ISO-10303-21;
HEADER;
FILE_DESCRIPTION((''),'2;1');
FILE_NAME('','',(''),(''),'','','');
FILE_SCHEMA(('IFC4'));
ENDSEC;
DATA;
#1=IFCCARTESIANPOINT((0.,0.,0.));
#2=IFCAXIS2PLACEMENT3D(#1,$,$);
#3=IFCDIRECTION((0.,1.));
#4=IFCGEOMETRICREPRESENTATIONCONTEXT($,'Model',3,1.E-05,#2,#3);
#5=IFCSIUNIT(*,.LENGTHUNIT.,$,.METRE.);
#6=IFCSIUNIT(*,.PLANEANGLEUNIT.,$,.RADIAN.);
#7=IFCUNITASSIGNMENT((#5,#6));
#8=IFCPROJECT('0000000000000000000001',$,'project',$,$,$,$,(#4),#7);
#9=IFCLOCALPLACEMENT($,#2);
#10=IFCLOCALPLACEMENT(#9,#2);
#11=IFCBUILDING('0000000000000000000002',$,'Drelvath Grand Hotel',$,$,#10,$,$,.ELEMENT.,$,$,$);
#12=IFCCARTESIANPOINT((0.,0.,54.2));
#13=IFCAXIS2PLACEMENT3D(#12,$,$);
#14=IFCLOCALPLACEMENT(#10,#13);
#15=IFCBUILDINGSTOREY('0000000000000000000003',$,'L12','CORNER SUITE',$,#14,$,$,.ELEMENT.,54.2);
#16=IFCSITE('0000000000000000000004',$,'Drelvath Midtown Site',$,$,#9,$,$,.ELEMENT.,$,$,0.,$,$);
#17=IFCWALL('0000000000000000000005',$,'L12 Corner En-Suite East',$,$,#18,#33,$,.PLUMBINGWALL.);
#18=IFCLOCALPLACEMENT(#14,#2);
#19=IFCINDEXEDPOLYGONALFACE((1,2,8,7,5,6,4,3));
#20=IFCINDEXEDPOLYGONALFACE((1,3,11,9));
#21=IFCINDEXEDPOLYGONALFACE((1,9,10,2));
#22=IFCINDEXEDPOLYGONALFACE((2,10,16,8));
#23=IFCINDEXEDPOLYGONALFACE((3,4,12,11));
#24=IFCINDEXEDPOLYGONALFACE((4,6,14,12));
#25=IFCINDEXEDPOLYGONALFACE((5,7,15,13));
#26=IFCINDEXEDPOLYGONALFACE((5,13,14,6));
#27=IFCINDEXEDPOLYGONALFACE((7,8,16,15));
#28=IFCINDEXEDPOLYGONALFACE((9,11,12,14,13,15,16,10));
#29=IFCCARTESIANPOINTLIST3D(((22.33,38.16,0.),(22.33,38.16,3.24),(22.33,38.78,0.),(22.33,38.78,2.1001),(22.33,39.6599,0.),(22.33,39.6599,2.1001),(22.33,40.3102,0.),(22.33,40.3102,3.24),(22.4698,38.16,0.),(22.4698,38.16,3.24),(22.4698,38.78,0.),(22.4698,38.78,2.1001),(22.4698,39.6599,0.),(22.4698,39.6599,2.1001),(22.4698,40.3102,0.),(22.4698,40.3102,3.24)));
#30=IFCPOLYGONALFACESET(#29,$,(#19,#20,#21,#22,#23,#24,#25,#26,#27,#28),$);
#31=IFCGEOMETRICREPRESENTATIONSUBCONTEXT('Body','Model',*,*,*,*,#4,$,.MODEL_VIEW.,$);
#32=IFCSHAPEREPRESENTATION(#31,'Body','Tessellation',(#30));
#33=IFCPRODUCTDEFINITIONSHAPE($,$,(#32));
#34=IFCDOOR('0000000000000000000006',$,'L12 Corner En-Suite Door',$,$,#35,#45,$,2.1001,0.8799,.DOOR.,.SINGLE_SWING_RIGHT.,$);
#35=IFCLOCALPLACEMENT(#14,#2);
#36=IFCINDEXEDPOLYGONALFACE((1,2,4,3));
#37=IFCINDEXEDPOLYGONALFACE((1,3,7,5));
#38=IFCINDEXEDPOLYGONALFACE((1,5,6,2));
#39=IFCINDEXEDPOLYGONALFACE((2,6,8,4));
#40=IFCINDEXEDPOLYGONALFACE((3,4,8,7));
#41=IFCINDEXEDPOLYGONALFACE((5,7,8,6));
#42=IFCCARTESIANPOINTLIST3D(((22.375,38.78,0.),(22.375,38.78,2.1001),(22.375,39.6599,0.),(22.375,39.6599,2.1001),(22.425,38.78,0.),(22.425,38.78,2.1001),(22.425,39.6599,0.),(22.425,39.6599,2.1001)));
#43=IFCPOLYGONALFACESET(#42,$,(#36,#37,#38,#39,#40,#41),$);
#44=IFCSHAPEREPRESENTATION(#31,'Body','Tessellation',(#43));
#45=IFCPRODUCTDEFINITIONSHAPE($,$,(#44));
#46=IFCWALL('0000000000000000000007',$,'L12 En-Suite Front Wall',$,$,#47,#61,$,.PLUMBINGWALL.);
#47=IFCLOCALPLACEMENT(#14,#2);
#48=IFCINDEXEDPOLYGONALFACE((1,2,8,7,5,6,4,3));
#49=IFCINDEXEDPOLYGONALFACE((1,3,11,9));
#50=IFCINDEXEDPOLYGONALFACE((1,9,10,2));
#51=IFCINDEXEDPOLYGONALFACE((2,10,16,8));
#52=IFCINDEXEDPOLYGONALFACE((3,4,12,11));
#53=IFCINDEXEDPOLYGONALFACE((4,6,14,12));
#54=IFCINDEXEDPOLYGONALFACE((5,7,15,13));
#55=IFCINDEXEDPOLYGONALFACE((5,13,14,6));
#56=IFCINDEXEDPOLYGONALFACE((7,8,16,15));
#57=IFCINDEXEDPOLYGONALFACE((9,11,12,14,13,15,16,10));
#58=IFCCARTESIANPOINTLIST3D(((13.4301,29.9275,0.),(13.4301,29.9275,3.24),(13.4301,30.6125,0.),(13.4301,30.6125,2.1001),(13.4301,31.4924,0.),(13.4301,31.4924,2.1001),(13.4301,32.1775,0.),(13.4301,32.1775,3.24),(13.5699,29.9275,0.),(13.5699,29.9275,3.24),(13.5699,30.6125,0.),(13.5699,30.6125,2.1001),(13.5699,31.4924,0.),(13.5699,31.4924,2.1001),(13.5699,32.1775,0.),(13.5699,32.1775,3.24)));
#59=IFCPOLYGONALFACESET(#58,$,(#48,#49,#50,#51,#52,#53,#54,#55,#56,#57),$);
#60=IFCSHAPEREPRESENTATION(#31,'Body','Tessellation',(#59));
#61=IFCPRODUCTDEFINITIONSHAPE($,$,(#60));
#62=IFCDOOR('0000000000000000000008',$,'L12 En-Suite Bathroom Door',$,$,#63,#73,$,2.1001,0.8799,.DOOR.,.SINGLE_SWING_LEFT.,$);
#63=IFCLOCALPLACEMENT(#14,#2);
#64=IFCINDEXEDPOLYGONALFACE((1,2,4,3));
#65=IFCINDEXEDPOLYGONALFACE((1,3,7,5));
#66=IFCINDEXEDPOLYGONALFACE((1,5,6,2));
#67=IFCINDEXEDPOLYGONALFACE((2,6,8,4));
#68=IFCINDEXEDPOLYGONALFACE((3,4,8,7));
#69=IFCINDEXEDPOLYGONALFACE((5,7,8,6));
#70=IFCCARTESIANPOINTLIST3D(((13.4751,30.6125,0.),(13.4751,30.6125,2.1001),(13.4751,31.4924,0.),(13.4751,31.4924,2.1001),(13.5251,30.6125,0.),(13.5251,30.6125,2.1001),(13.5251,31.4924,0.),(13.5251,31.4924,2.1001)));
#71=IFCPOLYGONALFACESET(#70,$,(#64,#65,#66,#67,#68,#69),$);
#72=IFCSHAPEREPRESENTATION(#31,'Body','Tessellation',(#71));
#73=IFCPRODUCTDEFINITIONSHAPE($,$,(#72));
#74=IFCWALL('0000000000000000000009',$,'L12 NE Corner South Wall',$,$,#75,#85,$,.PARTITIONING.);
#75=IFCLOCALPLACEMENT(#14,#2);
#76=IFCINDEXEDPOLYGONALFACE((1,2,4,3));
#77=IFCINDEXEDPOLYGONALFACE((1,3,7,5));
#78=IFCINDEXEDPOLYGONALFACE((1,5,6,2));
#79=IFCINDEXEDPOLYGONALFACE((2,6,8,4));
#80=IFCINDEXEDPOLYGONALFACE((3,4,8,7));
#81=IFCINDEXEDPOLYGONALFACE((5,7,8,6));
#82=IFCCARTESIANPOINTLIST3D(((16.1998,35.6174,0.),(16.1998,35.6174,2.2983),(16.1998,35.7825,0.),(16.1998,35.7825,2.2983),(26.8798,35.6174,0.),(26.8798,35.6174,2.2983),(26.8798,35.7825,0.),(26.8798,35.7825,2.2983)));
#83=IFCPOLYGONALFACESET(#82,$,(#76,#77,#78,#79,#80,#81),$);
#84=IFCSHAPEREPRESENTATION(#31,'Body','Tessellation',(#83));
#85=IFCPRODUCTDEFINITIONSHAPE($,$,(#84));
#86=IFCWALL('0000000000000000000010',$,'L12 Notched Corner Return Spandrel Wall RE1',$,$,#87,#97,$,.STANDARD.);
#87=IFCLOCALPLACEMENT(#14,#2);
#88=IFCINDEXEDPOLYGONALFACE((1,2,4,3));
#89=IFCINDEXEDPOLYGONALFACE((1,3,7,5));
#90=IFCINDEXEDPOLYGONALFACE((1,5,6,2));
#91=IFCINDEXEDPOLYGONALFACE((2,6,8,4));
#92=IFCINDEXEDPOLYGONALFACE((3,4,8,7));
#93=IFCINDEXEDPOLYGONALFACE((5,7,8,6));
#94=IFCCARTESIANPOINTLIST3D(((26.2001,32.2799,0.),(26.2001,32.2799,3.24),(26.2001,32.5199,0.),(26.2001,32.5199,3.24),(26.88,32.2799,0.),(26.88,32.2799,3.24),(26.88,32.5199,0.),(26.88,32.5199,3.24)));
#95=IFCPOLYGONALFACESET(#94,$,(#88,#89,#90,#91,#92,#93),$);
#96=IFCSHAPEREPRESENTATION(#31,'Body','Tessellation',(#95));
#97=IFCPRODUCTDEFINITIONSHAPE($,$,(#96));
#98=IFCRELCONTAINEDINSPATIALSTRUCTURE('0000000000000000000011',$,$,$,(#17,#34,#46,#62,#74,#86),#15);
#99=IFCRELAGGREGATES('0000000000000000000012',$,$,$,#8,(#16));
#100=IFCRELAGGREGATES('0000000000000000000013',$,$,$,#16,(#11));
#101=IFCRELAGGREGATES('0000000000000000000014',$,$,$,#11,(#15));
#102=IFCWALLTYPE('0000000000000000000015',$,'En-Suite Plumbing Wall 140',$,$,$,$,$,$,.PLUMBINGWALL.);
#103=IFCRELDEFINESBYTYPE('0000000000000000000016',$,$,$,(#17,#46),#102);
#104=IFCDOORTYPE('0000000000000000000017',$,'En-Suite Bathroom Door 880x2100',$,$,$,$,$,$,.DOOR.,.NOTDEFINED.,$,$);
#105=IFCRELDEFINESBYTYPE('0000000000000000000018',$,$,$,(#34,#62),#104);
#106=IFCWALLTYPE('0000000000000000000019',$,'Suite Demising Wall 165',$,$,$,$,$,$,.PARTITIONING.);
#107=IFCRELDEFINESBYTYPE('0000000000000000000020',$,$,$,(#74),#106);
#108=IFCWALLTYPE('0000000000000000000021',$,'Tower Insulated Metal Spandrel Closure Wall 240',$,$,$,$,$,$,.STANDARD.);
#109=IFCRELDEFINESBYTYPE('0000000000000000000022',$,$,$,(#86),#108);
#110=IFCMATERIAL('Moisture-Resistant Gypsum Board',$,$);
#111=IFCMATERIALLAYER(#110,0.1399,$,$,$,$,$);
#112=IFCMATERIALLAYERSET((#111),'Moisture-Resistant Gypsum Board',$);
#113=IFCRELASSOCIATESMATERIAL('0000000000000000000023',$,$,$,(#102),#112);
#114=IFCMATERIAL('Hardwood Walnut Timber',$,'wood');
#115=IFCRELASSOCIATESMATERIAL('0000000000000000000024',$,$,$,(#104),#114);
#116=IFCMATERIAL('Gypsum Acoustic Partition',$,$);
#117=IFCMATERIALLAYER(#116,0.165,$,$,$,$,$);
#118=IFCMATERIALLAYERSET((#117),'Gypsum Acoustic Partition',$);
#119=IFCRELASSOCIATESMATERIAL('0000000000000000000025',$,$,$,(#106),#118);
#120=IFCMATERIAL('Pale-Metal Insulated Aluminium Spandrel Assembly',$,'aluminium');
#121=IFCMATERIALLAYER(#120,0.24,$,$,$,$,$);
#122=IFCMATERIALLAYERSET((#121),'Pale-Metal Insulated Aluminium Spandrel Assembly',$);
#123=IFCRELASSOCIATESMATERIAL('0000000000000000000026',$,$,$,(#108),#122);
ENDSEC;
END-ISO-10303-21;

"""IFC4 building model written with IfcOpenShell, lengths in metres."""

from ifc_helpers import new_model, si_unit, direction, frame, frame_2d, origin, place, context, subcontext, project, spatial, rectangle, extrude, material, layer, layer_set, type_object, element, fill, save


model = new_model("IFC4")

# Units and contexts
model_context = context("Model", 3, precision=1e-05, world=origin(), true_north=direction((0.0, 1.0)))
body_context = subcontext(model_context, "Body", "Model", "MODEL_VIEW")
ifc_project = project(units=[si_unit("LENGTHUNIT", "METRE"), si_unit("PLANEANGLEUNIT", "RADIAN")], contexts=[model_context])

# Site, building, storey
site_placement = place(None, origin())
site = spatial("IfcSite", under=ifc_project, at=site_placement, Name="Drelvath Midtown Site", CompositionType="ELEMENT", RefElevation=0.0)
building_placement = place(site_placement, origin())
building = spatial("IfcBuilding", under=site, at=building_placement, Name="Drelvath Grand Hotel", CompositionType="ELEMENT")
storey_placement = place(building_placement, frame((0.0, 0.0, 54.2)))
storey = spatial("IfcBuildingStorey", under=building, at=storey_placement, Name="L12", Description="CORNER SUITE", CompositionType="ELEMENT", Elevation=54.2)

# Shared definitions
ifc_material_1 = material(Name="Hardwood Walnut Timber", Category="wood")

# Shared definitions
ifc_material_2 = material(Name="Moisture-Resistant Gypsum Board")
ifc_layer_1 = layer(ifc_material_2, 0.1399)
ifc_layer_set_1 = layer_set([ifc_layer_1], Name="Moisture-Resistant Gypsum Board")
wall_type_1 = type_object("IfcWallType", Name="En-Suite Plumbing Wall 140", PredefinedType="PLUMBINGWALL", material=ifc_layer_set_1)

# Walls, openings, doors
wall_1_placement = place(storey_placement, frame((22.3999, 38.1599, 0.0), z_axis=(0.0, 0.0, 1.0), x_axis=(0.0, 1.0, 0.0)))
wall_1 = element("IfcWall", 1, at=wall_1_placement, inside=storey, type_object=wall_type_1, Name="L12 Corner En-Suite East", PredefinedType="PLUMBINGWALL", context=body_context, shape_type="SweptSolid", body=[
    extrude(rectangle(XDim=2.1501, YDim=0.1399, at=frame_2d((1.0752, 0.0))), origin(), (0.0, 0.0, 1.0), 3.24),
])
opening_1_placement = place(wall_1_placement, frame((0.6201, 0.0, 0.0)))
opening_1 = element("IfcOpeningElement", 2, at=opening_1_placement, cuts=wall_1, PredefinedType="OPENING", context=body_context, shape_type="SweptSolid", body=[
    extrude(rectangle(XDim=0.8799, YDim=2.1001, at=frame_2d((0.4399, 1.05))), frame((0.0, 0.0798, 0.0), z_axis=(0.0, -1.0, 0.0), x_axis=(1.0, 0.0, 0.0)), (0.0, 0.0, 1.0), 0.1599),
])
door_type_1 = type_object("IfcDoorType", Name="En-Suite Bathroom Door 880x2100", OperationType="NOTDEFINED", PredefinedType="DOOR", material=ifc_material_1)
door_1_placement = place(opening_1_placement, origin())
door_1 = element("IfcDoor", 3, at=door_1_placement, inside=storey, type_object=door_type_1, Name="L12 Corner En-Suite Door", OperationType="SINGLE_SWING_RIGHT", OverallHeight=2.1001, OverallWidth=0.8799, PredefinedType="DOOR", context=body_context, shape_type="SweptSolid", body=[
    extrude(rectangle(XDim=0.8799, YDim=2.1001, at=frame_2d((0.4399, 1.05))), frame((0.0, 0.0249, 0.0), z_axis=(0.0, -1.0, 0.0), x_axis=(1.0, 0.0, 0.0)), (0.0, 0.0, 1.0), 0.05),
])
fill(opening_1, door_1)
wall_2_placement = place(storey_placement, frame((13.5, 29.9275, 0.0), z_axis=(0.0, 0.0, 1.0), x_axis=(0.0, 1.0, 0.0)))
wall_2 = element("IfcWall", 4, at=wall_2_placement, inside=storey, type_object=wall_type_1, Name="L12 En-Suite Front Wall", PredefinedType="PLUMBINGWALL", context=body_context, shape_type="SweptSolid", body=[
    extrude(rectangle(XDim=2.25, YDim=0.1399, at=frame_2d((1.125, 0.0))), origin(), (0.0, 0.0, 1.0), 3.24),
])
opening_2_placement = place(wall_2_placement, frame((0.6851, 0.0, 0.0)))
opening_2 = element("IfcOpeningElement", 5, at=opening_2_placement, cuts=wall_2, PredefinedType="OPENING", context=body_context, shape_type="SweptSolid", body=[
    extrude(rectangle(XDim=0.8799, YDim=2.1001, at=frame_2d((0.4399, 1.05))), frame((0.0, 0.0798, 0.0), z_axis=(0.0, -1.0, 0.0), x_axis=(1.0, 0.0, 0.0)), (0.0, 0.0, 1.0), 0.1599),
])
door_2_placement = place(opening_2_placement, origin())
door_2 = element("IfcDoor", 6, at=door_2_placement, inside=storey, type_object=door_type_1, Name="L12 En-Suite Bathroom Door", OperationType="SINGLE_SWING_LEFT", OverallHeight=2.1001, OverallWidth=0.8799, PredefinedType="DOOR", context=body_context, shape_type="SweptSolid", body=[
    extrude(rectangle(XDim=0.8799, YDim=2.1001, at=frame_2d((0.4399, 1.05))), frame((0.0, 0.0249, 0.0), z_axis=(0.0, -1.0, 0.0), x_axis=(1.0, 0.0, 0.0)), (0.0, 0.0, 1.0), 0.05),
])
fill(opening_2, door_2)

# Walls
ifc_material_3 = material(Name="Gypsum Acoustic Partition")
ifc_layer_2 = layer(ifc_material_3, 0.165)
ifc_layer_set_2 = layer_set([ifc_layer_2], Name="Gypsum Acoustic Partition")
wall_type_2 = type_object("IfcWallType", Name="Suite Demising Wall 165", PredefinedType="PARTITIONING", material=ifc_layer_set_2)
wall_3_placement = place(storey_placement, frame((16.2, 35.7, 0.0), z_axis=(0.0, 0.0, 1.0), x_axis=(1.0, 0.0, 0.0)))
element("IfcWall", 7, at=wall_3_placement, inside=storey, type_object=wall_type_2, Name="L12 NE Corner South Wall", PredefinedType="PARTITIONING", context=body_context, shape_type="SweptSolid", body=[
    extrude(rectangle(XDim=10.6799, YDim=0.165, at=frame_2d((5.3398, 0.0))), origin(), (0.0, 0.0, 1.0), 2.2983),
])
ifc_material_4 = material(Name="Pale-Metal Insulated Aluminium Spandrel Assembly", Category="aluminium")
ifc_layer_3 = layer(ifc_material_4, 0.24)
ifc_layer_set_3 = layer_set([ifc_layer_3], Name="Pale-Metal Insulated Aluminium Spandrel Assembly")
wall_type_3 = type_object("IfcWallType", Name="Tower Insulated Metal Spandrel Closure Wall 240", PredefinedType="STANDARD", material=ifc_layer_set_3)
wall_4_placement = place(storey_placement, frame((26.8799, 32.3999, 0.0), z_axis=(0.0, 0.0, 1.0), x_axis=(-1.0, 0.0, 0.0)))
element("IfcWall", 8, at=wall_4_placement, inside=storey, type_object=wall_type_3, Name="L12 Notched Corner Return Spandrel Wall RE1", PredefinedType="STANDARD", context=body_context, shape_type="SweptSolid", body=[
    extrude(rectangle(XDim=0.6799, YDim=0.24, at=frame_2d((0.3398, 0.0))), origin(), (0.0, 0.0, 1.0), 3.24),
])

save(model, "model.ifc")
